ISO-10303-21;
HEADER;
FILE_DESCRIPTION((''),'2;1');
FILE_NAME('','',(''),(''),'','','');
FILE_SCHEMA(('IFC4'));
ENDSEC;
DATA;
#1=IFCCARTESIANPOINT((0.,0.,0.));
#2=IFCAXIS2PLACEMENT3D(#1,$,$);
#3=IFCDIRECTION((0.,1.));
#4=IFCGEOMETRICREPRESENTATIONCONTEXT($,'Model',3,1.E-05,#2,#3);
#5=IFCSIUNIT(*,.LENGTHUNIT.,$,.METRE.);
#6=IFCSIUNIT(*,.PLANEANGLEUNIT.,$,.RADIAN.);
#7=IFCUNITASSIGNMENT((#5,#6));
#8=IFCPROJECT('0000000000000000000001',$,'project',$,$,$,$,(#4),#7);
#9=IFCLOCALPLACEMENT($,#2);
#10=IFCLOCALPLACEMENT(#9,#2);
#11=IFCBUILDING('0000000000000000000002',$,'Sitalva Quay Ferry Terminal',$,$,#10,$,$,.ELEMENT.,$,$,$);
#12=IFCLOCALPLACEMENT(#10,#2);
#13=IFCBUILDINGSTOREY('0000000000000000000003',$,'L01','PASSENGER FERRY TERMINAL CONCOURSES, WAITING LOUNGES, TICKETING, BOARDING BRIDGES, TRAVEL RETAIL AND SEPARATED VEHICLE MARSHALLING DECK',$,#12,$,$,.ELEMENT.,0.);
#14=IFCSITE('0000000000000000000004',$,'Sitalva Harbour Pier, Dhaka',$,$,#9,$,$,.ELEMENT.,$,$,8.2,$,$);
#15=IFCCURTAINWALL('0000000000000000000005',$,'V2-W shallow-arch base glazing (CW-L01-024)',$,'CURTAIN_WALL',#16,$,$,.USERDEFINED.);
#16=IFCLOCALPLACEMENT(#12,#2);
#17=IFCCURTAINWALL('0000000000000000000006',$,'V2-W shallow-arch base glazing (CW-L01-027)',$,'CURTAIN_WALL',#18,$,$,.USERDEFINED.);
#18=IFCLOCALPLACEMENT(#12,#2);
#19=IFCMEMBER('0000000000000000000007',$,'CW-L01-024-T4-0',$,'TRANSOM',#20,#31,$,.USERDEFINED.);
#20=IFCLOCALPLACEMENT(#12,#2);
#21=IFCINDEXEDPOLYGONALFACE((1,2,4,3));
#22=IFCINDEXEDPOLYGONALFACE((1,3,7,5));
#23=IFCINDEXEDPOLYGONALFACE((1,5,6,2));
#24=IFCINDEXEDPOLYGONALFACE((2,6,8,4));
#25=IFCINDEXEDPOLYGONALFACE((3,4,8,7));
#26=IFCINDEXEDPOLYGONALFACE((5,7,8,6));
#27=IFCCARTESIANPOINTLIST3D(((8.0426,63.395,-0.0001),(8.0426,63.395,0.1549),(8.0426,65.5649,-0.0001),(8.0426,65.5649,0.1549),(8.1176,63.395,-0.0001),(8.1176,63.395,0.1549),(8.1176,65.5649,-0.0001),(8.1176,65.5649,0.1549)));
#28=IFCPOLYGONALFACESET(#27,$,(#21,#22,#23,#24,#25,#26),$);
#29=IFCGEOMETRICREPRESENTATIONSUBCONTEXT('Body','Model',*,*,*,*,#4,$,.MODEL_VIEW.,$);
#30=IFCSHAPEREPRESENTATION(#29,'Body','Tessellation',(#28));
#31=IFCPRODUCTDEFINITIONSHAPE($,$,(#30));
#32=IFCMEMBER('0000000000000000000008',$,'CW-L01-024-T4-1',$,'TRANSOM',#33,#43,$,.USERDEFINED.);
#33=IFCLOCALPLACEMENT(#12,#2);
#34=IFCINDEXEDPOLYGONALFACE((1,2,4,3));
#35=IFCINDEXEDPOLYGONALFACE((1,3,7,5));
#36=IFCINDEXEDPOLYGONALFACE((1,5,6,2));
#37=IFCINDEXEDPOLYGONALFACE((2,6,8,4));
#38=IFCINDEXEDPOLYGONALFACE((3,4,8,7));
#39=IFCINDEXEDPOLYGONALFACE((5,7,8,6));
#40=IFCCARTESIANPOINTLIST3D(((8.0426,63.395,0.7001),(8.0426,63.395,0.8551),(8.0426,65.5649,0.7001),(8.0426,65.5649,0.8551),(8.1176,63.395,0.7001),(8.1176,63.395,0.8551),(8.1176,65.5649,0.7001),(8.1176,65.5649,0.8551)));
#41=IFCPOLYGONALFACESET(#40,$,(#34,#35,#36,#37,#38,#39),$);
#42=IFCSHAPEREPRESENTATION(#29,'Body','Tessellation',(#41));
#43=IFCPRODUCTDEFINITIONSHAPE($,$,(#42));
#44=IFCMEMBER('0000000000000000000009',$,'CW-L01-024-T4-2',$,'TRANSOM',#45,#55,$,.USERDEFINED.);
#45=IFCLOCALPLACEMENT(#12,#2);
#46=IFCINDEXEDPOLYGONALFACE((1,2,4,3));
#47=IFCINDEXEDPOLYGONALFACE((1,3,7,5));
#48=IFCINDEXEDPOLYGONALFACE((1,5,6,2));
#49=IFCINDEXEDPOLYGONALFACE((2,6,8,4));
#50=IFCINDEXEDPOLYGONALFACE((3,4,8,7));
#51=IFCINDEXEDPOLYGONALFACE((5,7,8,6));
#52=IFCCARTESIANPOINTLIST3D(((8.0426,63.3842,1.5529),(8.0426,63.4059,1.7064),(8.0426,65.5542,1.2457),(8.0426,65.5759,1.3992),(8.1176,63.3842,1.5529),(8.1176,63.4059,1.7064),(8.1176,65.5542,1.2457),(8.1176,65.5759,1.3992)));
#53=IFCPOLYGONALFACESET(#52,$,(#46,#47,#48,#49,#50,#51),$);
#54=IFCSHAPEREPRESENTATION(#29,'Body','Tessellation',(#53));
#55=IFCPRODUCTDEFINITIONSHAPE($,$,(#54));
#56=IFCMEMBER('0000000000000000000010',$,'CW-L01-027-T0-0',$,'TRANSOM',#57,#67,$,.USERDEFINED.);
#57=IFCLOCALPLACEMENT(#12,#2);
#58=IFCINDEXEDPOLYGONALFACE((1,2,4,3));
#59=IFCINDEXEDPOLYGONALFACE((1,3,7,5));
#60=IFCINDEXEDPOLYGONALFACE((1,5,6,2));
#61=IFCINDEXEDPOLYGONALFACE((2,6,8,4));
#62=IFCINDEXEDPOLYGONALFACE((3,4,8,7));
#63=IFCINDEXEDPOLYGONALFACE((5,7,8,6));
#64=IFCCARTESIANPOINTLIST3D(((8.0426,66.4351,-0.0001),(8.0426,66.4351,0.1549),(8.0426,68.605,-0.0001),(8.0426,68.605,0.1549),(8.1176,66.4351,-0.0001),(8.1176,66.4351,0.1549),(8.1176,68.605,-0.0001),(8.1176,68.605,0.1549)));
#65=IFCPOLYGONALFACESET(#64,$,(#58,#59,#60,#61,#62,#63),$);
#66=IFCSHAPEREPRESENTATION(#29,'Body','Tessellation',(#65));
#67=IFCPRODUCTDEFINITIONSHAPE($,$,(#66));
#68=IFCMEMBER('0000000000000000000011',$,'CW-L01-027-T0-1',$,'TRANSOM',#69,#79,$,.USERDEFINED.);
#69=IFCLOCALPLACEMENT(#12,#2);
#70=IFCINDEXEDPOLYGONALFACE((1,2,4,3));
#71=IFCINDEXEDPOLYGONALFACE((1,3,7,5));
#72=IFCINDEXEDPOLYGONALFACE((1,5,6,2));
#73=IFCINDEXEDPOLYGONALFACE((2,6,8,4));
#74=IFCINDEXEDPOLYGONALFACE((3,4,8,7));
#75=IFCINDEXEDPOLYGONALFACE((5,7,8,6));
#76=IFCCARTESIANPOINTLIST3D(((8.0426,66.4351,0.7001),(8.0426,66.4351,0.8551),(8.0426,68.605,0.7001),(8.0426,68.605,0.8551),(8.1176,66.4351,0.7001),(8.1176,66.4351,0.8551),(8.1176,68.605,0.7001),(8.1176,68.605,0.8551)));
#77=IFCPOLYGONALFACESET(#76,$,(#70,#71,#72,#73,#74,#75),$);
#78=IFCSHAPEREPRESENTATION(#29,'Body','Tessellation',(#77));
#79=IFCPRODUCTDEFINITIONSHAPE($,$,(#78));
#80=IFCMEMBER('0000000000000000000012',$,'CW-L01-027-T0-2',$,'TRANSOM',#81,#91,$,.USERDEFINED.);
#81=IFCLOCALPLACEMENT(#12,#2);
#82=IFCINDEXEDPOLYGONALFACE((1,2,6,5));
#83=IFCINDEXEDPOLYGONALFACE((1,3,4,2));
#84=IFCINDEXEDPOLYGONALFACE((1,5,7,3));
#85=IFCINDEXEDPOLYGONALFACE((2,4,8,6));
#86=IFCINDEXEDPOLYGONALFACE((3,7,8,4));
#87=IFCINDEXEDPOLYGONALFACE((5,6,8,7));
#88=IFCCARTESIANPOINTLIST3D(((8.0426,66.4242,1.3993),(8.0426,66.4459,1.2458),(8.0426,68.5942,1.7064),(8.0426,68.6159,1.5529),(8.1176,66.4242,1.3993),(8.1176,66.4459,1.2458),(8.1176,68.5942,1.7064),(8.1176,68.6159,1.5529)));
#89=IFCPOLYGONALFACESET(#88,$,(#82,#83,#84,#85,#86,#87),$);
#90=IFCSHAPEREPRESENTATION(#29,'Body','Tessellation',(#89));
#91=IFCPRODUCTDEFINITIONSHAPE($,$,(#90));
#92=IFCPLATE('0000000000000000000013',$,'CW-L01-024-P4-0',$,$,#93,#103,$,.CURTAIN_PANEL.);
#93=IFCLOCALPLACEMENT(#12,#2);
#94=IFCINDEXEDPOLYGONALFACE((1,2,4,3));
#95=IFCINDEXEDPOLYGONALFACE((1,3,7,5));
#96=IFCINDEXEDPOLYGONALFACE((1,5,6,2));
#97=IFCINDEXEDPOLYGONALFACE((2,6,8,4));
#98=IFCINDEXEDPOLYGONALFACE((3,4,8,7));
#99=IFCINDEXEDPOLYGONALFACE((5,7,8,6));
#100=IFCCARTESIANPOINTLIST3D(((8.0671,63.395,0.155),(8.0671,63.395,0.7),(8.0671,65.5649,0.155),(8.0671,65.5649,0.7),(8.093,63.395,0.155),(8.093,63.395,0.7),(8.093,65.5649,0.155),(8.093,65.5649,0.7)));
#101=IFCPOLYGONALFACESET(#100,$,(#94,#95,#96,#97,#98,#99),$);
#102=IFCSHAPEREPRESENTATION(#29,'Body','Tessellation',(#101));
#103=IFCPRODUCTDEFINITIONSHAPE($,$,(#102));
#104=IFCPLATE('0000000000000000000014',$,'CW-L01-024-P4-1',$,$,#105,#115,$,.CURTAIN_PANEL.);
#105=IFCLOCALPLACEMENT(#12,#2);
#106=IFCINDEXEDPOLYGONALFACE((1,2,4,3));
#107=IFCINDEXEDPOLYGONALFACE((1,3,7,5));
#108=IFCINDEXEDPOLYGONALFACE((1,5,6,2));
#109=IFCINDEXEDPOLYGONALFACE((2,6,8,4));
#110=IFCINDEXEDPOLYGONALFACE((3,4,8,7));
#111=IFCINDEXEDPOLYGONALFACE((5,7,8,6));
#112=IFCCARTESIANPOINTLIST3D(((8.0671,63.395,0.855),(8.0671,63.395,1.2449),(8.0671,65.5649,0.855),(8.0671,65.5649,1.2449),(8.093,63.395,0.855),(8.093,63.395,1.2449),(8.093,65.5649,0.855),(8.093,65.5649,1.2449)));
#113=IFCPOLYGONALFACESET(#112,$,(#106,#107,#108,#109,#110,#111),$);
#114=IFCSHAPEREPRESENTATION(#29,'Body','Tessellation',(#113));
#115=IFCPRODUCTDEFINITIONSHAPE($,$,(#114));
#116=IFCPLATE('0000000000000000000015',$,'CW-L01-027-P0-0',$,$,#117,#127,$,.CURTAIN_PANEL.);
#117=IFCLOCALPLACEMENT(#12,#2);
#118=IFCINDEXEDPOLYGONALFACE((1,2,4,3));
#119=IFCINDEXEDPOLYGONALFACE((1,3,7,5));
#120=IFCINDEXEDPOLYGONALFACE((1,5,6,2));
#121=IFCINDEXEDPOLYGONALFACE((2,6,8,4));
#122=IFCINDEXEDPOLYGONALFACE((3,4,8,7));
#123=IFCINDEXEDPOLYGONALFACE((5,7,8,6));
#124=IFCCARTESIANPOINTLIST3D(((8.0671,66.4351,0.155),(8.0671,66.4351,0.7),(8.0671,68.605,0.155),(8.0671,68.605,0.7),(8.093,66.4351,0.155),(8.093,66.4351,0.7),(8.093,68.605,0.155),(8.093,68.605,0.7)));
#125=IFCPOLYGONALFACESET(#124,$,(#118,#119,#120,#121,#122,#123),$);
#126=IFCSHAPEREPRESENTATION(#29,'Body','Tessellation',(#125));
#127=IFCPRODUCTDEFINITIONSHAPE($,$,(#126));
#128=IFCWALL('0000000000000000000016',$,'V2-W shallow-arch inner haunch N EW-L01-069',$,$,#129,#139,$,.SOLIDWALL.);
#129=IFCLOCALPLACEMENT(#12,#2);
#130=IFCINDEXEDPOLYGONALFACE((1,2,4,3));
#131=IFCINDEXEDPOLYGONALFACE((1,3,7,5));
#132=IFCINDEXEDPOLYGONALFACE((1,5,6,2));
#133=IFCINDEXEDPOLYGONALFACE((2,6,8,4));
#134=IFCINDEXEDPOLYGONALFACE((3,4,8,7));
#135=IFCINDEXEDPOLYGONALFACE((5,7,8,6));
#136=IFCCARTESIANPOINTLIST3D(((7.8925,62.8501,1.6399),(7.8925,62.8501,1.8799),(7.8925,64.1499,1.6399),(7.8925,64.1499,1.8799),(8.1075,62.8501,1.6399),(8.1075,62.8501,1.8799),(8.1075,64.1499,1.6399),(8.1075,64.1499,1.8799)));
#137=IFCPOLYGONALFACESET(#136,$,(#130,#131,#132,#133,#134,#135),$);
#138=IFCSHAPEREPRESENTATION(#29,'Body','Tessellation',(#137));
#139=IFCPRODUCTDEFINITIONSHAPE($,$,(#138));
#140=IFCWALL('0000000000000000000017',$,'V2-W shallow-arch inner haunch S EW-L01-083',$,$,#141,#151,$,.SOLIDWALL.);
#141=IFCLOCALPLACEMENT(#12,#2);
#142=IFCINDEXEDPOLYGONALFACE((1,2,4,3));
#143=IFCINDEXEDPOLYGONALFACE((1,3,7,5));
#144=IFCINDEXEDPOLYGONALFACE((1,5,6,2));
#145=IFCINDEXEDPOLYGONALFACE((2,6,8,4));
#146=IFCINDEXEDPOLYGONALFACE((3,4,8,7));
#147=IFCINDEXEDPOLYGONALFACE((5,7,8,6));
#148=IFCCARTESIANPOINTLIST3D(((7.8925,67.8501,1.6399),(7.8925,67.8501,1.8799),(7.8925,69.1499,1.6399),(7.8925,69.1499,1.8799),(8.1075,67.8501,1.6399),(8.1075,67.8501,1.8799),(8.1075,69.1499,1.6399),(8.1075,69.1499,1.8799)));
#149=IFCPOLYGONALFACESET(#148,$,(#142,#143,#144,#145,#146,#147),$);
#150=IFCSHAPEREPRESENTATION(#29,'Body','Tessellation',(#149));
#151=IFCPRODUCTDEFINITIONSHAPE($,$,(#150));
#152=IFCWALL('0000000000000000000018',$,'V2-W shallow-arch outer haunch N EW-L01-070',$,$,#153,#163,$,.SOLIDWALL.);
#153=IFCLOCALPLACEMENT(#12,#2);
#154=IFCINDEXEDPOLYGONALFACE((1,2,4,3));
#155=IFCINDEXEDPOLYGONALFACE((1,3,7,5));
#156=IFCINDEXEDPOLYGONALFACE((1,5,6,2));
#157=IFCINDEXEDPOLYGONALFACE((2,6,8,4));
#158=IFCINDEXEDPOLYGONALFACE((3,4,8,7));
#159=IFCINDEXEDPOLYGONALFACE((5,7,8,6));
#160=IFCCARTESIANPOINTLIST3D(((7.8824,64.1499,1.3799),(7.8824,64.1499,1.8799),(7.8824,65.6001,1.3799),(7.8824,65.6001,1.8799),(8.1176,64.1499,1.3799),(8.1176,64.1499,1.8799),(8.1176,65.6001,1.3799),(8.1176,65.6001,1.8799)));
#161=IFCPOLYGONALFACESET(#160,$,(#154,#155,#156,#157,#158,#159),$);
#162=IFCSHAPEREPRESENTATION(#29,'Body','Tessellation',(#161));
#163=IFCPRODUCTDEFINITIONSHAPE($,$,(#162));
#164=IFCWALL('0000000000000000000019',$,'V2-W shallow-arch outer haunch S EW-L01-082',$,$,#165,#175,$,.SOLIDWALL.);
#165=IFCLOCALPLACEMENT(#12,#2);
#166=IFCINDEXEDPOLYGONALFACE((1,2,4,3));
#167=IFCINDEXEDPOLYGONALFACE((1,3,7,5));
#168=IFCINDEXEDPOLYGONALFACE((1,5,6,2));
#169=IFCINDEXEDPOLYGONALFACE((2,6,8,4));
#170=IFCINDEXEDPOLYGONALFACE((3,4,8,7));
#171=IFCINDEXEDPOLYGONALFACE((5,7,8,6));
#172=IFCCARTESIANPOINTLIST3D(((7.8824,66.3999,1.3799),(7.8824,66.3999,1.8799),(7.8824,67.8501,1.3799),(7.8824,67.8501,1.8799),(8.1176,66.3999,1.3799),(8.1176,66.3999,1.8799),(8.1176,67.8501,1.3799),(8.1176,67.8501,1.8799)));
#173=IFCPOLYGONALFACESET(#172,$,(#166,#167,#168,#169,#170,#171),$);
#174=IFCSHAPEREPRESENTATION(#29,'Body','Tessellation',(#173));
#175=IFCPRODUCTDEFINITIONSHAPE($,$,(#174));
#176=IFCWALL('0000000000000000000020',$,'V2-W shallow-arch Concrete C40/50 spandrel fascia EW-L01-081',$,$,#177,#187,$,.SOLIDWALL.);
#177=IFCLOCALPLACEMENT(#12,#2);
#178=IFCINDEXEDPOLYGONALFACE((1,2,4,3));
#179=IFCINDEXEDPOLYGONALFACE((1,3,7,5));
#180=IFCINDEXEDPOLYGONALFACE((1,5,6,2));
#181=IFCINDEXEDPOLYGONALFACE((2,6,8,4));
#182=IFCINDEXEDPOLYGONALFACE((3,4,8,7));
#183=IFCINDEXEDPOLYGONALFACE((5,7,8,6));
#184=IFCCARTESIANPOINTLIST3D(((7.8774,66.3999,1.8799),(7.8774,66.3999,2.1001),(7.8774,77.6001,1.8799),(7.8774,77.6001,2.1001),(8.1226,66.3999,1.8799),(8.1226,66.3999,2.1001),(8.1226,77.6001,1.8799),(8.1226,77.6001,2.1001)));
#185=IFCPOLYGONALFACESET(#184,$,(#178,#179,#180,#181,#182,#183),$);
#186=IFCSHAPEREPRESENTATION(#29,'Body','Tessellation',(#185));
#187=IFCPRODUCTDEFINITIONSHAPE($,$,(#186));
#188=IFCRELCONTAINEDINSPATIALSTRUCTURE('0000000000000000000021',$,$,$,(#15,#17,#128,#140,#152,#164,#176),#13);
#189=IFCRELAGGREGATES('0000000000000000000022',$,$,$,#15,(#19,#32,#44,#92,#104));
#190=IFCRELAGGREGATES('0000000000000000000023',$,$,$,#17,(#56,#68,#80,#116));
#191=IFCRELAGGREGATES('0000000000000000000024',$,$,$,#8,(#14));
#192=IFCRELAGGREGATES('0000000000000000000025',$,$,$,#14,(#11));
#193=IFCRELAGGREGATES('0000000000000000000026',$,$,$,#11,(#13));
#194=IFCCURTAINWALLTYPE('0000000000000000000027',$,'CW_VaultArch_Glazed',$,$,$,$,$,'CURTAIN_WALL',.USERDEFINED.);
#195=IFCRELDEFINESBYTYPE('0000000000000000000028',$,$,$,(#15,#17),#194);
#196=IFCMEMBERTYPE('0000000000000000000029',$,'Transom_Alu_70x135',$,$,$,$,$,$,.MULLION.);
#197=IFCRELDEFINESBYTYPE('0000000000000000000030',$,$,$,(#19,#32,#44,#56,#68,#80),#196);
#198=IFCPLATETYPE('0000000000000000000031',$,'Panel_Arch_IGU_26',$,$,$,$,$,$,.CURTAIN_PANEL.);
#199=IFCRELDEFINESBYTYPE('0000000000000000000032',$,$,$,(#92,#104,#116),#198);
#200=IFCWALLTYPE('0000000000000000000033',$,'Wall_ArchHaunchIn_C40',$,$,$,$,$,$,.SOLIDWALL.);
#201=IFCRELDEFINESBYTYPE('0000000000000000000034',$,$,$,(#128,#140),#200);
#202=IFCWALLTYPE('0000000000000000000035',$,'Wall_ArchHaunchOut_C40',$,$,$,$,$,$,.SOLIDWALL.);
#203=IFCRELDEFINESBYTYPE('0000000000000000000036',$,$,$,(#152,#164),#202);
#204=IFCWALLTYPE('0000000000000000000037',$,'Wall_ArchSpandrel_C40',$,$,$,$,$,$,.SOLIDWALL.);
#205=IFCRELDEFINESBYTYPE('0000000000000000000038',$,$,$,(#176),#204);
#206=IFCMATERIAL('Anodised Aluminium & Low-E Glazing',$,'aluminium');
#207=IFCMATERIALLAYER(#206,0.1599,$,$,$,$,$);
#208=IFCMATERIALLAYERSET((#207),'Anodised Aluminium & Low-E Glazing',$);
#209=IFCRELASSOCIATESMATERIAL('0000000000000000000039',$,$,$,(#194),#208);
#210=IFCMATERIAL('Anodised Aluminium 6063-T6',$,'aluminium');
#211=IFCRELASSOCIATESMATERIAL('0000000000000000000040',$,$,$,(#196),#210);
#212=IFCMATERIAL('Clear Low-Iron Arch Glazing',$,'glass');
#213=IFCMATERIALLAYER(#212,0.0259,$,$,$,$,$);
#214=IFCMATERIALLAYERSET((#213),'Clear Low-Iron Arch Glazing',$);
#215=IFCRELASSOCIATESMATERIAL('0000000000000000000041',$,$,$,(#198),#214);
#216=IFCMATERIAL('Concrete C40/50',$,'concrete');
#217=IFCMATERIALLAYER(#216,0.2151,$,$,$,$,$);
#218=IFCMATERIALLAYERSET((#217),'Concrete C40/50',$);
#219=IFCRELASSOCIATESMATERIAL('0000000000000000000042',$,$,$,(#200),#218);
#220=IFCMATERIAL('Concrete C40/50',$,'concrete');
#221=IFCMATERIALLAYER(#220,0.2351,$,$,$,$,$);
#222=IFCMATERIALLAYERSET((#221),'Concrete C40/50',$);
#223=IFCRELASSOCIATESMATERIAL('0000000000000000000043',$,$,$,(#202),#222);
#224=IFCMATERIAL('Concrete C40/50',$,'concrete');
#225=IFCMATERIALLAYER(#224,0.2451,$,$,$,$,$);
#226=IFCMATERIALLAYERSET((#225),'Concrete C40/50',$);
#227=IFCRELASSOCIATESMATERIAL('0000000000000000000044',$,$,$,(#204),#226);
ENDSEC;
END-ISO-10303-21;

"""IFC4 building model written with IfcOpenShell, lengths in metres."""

from ifc_helpers import new_model, si_unit, direction, frame, frame_2d, origin, origin_2d, place, context, subcontext, project, spatial, rectangle, extrude, material, layer, layer_set, material_profile, profile_set, type_object, element, aggregate, save


model = new_model("IFC4")

# Units and contexts
model_context = context("Model", 3, precision=1e-05, world=origin(), true_north=direction((0.0, 1.0)))
body_context = subcontext(model_context, "Body", "Model", "MODEL_VIEW")
ifc_project = project(units=[si_unit("LENGTHUNIT", "METRE"), si_unit("PLANEANGLEUNIT", "RADIAN")], contexts=[model_context])

# Site, building, storey
site_placement = place(None, origin())
site = spatial("IfcSite", under=ifc_project, at=site_placement, Name="Sitalva Harbour Pier, Dhaka", CompositionType="ELEMENT", RefElevation=8.2)
building_placement = place(site_placement, origin())
building = spatial("IfcBuilding", under=site, at=building_placement, Name="Sitalva Quay Ferry Terminal", CompositionType="ELEMENT")
storey_placement = place(building_placement, origin())
storey = spatial("IfcBuildingStorey", under=building, at=storey_placement, Name="L01", Description="PASSENGER FERRY TERMINAL CONCOURSES, WAITING LOUNGES, TICKETING, BOARDING BRIDGES, TRAVEL RETAIL AND SEPARATED VEHICLE MARSHALLING DECK", CompositionType="ELEMENT", Elevation=0.0)

# Curtain wall
ifc_material_1 = material(Name="Anodised Aluminium & Low-E Glazing", Category="aluminium")
ifc_layer_1 = layer(ifc_material_1, 0.1599)
ifc_layer_set_1 = layer_set([ifc_layer_1], Name="Anodised Aluminium & Low-E Glazing")
curtain_wall_type = type_object("IfcCurtainWallType", Name="CW_VaultArch_Glazed", ElementType="CURTAIN_WALL", PredefinedType="USERDEFINED", material=ifc_layer_set_1)
curtain_wall_1_placement = place(storey_placement, origin())
curtain_wall_1 = element("IfcCurtainWall", 1, at=curtain_wall_1_placement, inside=storey, type_object=curtain_wall_type, Name="V2-W shallow-arch base glazing (CW-L01-024)", ObjectType="CURTAIN_WALL", PredefinedType="USERDEFINED")

# Curtain wall
curtain_wall_2_placement = place(storey_placement, origin())
curtain_wall_2 = element("IfcCurtainWall", 2, at=curtain_wall_2_placement, inside=storey, type_object=curtain_wall_type, Name="V2-W shallow-arch base glazing (CW-L01-027)", ObjectType="CURTAIN_WALL", PredefinedType="USERDEFINED")

# Members
ifc_material_2 = material(Name="Anodised Aluminium 6063-T6", Category="aluminium")
ifc_material_profile_1 = material_profile(ifc_material_2, rectangle(XDim=0.075, YDim=0.155, at=origin_2d()), Name="ALU75x155")
ifc_profile_set_1 = profile_set([ifc_material_profile_1], Name="Anodised Aluminium 6063-T6")
member_type_1 = type_object("IfcMemberType", Name="Transom_Alu_70x135", PredefinedType="MULLION", material=ifc_profile_set_1)
member_1_placement = place(storey_placement, frame((8.0801, 63.395, 0.0774), z_axis=(0.0, 1.0, 0.0), x_axis=(-1.0, 0.0, 0.0)))
member_1 = element("IfcMember", 3, at=member_1_placement, type_object=member_type_1, Name="CW-L01-024-T4-0", ObjectType="TRANSOM", PredefinedType="USERDEFINED", context=body_context, shape_type="SweptSolid", body=[
    extrude(rectangle(XDim=0.075, YDim=0.155, at=origin_2d()), origin(), (0.0, 0.0, 1.0), 2.1699),
])
member_2_placement = place(storey_placement, frame((8.0801, 63.395, 0.7776), z_axis=(0.0, 1.0, 0.0), x_axis=(-1.0, 0.0, 0.0)))
member_2 = element("IfcMember", 4, at=member_2_placement, type_object=member_type_1, Name="CW-L01-024-T4-1", ObjectType="TRANSOM", PredefinedType="USERDEFINED", context=body_context, shape_type="SweptSolid", body=[
    extrude(rectangle(XDim=0.075, YDim=0.155, at=origin_2d()), origin(), (0.0, 0.0, 1.0), 2.1699),
])
member_3_placement = place(storey_placement, frame((8.0801, 63.395, 1.6296), z_axis=(0.0, 0.990131, -0.140142), x_axis=(-1.0, 0.0, 0.0)))
member_3 = element("IfcMember", 5, at=member_3_placement, type_object=member_type_1, Name="CW-L01-024-T4-2", ObjectType="TRANSOM", PredefinedType="USERDEFINED", context=body_context, shape_type="SweptSolid", body=[
    extrude(rectangle(XDim=0.075, YDim=0.155, at=origin_2d()), origin(), (0.0, 0.0, 1.0), 2.1917),
])
member_4_placement = place(storey_placement, frame((8.0801, 66.4351, 0.0774), z_axis=(0.0, 1.0, 0.0), x_axis=(-1.0, 0.0, 0.0)))
member_4 = element("IfcMember", 6, at=member_4_placement, type_object=member_type_1, Name="CW-L01-027-T0-0", ObjectType="TRANSOM", PredefinedType="USERDEFINED", context=body_context, shape_type="SweptSolid", body=[
    extrude(rectangle(XDim=0.075, YDim=0.155, at=origin_2d()), origin(), (0.0, 0.0, 1.0), 2.1699),
])
member_5_placement = place(storey_placement, frame((8.0801, 66.4351, 0.7776), z_axis=(0.0, 1.0, 0.0), x_axis=(-1.0, 0.0, 0.0)))
member_5 = element("IfcMember", 7, at=member_5_placement, type_object=member_type_1, Name="CW-L01-027-T0-1", ObjectType="TRANSOM", PredefinedType="USERDEFINED", context=body_context, shape_type="SweptSolid", body=[
    extrude(rectangle(XDim=0.075, YDim=0.155, at=origin_2d()), origin(), (0.0, 0.0, 1.0), 2.1699),
])
member_6_placement = place(storey_placement, frame((8.0801, 66.4351, 1.3225), z_axis=(0.0, 0.990131, 0.140142), x_axis=(-1.0, 0.0, 0.0)))
member_6 = element("IfcMember", 8, at=member_6_placement, type_object=member_type_1, Name="CW-L01-027-T0-2", ObjectType="TRANSOM", PredefinedType="USERDEFINED", context=body_context, shape_type="SweptSolid", body=[
    extrude(rectangle(XDim=0.075, YDim=0.155, at=origin_2d()), origin(), (0.0, 0.0, 1.0), 2.1917),
])

# Plates
ifc_material_3 = material(Name="Clear Low-Iron Arch Glazing", Category="glass")
ifc_layer_2 = layer(ifc_material_3, 0.0259)
ifc_layer_set_2 = layer_set([ifc_layer_2], Name="Clear Low-Iron Arch Glazing")
plate_type = type_object("IfcPlateType", Name="Panel_Arch_IGU_26", PredefinedType="CURTAIN_PANEL", material=ifc_layer_set_2)
plate_1_placement = place(storey_placement, frame((8.0801, 64.48, 0.155), z_axis=(0.0, 0.0, 1.0), x_axis=(0.0, 1.0, 0.0)))
plate_1 = element("IfcPlate", 9, at=plate_1_placement, type_object=plate_type, Name="CW-L01-024-P4-0", PredefinedType="CURTAIN_PANEL", context=body_context, shape_type="SweptSolid", body=[
    extrude(rectangle(XDim=2.1699, YDim=0.0259, at=origin_2d()), origin(), (0.0, 0.0, 1.0), 0.5449),
])
plate_2_placement = place(storey_placement, frame((8.0801, 64.48, 0.855), z_axis=(0.0, 0.0, 1.0), x_axis=(0.0, 1.0, 0.0)))
plate_2 = element("IfcPlate", 10, at=plate_2_placement, type_object=plate_type, Name="CW-L01-024-P4-1", PredefinedType="CURTAIN_PANEL", context=body_context, shape_type="SweptSolid", body=[
    extrude(rectangle(XDim=2.1699, YDim=0.0259, at=origin_2d()), origin(), (0.0, 0.0, 1.0), 0.3899),
])
aggregate(curtain_wall_1, [member_1, member_2, member_3, plate_1, plate_2])
plate_3_placement = place(storey_placement, frame((8.0801, 67.52, 0.155), z_axis=(0.0, 0.0, 1.0), x_axis=(0.0, 1.0, 0.0)))
plate_3 = element("IfcPlate", 11, at=plate_3_placement, type_object=plate_type, Name="CW-L01-027-P0-0", PredefinedType="CURTAIN_PANEL", context=body_context, shape_type="SweptSolid", body=[
    extrude(rectangle(XDim=2.1699, YDim=0.0259, at=origin_2d()), origin(), (0.0, 0.0, 1.0), 0.5449),
])
aggregate(curtain_wall_2, [member_4, member_5, member_6, plate_3])

# Walls
ifc_material_4 = material(Name="Concrete C40/50", Category="concrete")
ifc_layer_3 = layer(ifc_material_4, 0.2151)
ifc_layer_set_3 = layer_set([ifc_layer_3], Name="Concrete C40/50")
wall_type_1 = type_object("IfcWallType", Name="Wall_ArchHaunchIn_C40", PredefinedType="SOLIDWALL", material=ifc_layer_set_3)
for number, where, z_axis, x_axis, name in (
    (12, (8.0, 62.8501, 1.6399), (0.0, 0.0, 1.0), (0.0, 1.0, 0.0), "V2-W shallow-arch inner haunch N EW-L01-069"),
    (13, (8.0, 67.8501, 1.6399), (0.0, 0.0, 1.0), (0.0, 1.0, 0.0), "V2-W shallow-arch inner haunch S EW-L01-083"),
):
    element("IfcWall", number, at=place(storey_placement, frame(where, z_axis=z_axis, x_axis=x_axis)), inside=storey, type_object=wall_type_1, Name=name, PredefinedType="SOLIDWALL", context=body_context, shape_type="SweptSolid", body=[
        extrude(rectangle(XDim=1.2998, YDim=0.2151, at=frame_2d((0.6499, 0.0))), origin(), (0.0, 0.0, 1.0), 0.24),
    ])
ifc_material_5 = material(Name="Concrete C40/50", Category="concrete")
ifc_layer_4 = layer(ifc_material_5, 0.2351)
ifc_layer_set_4 = layer_set([ifc_layer_4], Name="Concrete C40/50")
wall_type_2 = type_object("IfcWallType", Name="Wall_ArchHaunchOut_C40", PredefinedType="SOLIDWALL", material=ifc_layer_set_4)
for number, where, z_axis, x_axis, name in (
    (14, (8.0, 64.1499, 1.3799), (0.0, 0.0, 1.0), (0.0, 1.0, 0.0), "V2-W shallow-arch outer haunch N EW-L01-070"),
    (15, (8.0, 66.3999, 1.3799), (0.0, 0.0, 1.0), (0.0, 1.0, 0.0), "V2-W shallow-arch outer haunch S EW-L01-082"),
):
    element("IfcWall", number, at=place(storey_placement, frame(where, z_axis=z_axis, x_axis=x_axis)), inside=storey, type_object=wall_type_2, Name=name, PredefinedType="SOLIDWALL", context=body_context, shape_type="SweptSolid", body=[
        extrude(rectangle(XDim=1.4502, YDim=0.2351, at=frame_2d((0.7251, 0.0))), origin(), (0.0, 0.0, 1.0), 0.5),
    ])
ifc_material_6 = material(Name="Concrete C40/50", Category="concrete")
ifc_layer_5 = layer(ifc_material_6, 0.2451)
ifc_layer_set_5 = layer_set([ifc_layer_5], Name="Concrete C40/50")
wall_type_3 = type_object("IfcWallType", Name="Wall_ArchSpandrel_C40", PredefinedType="SOLIDWALL", material=ifc_layer_set_5)
wall_placement = place(storey_placement, frame((8.0, 66.3999, 1.8799), z_axis=(0.0, 0.0, 1.0), x_axis=(0.0, 1.0, 0.0)))
element("IfcWall", 16, at=wall_placement, inside=storey, type_object=wall_type_3, Name="V2-W shallow-arch Concrete C40/50 spandrel fascia EW-L01-081", PredefinedType="SOLIDWALL", context=body_context, shape_type="SweptSolid", body=[
    extrude(rectangle(XDim=11.2002, YDim=0.2451, at=frame_2d((5.6001, 0.0))), origin(), (0.0, 0.0, 1.0), 0.2202),
])

save(model, "model.ifc")
